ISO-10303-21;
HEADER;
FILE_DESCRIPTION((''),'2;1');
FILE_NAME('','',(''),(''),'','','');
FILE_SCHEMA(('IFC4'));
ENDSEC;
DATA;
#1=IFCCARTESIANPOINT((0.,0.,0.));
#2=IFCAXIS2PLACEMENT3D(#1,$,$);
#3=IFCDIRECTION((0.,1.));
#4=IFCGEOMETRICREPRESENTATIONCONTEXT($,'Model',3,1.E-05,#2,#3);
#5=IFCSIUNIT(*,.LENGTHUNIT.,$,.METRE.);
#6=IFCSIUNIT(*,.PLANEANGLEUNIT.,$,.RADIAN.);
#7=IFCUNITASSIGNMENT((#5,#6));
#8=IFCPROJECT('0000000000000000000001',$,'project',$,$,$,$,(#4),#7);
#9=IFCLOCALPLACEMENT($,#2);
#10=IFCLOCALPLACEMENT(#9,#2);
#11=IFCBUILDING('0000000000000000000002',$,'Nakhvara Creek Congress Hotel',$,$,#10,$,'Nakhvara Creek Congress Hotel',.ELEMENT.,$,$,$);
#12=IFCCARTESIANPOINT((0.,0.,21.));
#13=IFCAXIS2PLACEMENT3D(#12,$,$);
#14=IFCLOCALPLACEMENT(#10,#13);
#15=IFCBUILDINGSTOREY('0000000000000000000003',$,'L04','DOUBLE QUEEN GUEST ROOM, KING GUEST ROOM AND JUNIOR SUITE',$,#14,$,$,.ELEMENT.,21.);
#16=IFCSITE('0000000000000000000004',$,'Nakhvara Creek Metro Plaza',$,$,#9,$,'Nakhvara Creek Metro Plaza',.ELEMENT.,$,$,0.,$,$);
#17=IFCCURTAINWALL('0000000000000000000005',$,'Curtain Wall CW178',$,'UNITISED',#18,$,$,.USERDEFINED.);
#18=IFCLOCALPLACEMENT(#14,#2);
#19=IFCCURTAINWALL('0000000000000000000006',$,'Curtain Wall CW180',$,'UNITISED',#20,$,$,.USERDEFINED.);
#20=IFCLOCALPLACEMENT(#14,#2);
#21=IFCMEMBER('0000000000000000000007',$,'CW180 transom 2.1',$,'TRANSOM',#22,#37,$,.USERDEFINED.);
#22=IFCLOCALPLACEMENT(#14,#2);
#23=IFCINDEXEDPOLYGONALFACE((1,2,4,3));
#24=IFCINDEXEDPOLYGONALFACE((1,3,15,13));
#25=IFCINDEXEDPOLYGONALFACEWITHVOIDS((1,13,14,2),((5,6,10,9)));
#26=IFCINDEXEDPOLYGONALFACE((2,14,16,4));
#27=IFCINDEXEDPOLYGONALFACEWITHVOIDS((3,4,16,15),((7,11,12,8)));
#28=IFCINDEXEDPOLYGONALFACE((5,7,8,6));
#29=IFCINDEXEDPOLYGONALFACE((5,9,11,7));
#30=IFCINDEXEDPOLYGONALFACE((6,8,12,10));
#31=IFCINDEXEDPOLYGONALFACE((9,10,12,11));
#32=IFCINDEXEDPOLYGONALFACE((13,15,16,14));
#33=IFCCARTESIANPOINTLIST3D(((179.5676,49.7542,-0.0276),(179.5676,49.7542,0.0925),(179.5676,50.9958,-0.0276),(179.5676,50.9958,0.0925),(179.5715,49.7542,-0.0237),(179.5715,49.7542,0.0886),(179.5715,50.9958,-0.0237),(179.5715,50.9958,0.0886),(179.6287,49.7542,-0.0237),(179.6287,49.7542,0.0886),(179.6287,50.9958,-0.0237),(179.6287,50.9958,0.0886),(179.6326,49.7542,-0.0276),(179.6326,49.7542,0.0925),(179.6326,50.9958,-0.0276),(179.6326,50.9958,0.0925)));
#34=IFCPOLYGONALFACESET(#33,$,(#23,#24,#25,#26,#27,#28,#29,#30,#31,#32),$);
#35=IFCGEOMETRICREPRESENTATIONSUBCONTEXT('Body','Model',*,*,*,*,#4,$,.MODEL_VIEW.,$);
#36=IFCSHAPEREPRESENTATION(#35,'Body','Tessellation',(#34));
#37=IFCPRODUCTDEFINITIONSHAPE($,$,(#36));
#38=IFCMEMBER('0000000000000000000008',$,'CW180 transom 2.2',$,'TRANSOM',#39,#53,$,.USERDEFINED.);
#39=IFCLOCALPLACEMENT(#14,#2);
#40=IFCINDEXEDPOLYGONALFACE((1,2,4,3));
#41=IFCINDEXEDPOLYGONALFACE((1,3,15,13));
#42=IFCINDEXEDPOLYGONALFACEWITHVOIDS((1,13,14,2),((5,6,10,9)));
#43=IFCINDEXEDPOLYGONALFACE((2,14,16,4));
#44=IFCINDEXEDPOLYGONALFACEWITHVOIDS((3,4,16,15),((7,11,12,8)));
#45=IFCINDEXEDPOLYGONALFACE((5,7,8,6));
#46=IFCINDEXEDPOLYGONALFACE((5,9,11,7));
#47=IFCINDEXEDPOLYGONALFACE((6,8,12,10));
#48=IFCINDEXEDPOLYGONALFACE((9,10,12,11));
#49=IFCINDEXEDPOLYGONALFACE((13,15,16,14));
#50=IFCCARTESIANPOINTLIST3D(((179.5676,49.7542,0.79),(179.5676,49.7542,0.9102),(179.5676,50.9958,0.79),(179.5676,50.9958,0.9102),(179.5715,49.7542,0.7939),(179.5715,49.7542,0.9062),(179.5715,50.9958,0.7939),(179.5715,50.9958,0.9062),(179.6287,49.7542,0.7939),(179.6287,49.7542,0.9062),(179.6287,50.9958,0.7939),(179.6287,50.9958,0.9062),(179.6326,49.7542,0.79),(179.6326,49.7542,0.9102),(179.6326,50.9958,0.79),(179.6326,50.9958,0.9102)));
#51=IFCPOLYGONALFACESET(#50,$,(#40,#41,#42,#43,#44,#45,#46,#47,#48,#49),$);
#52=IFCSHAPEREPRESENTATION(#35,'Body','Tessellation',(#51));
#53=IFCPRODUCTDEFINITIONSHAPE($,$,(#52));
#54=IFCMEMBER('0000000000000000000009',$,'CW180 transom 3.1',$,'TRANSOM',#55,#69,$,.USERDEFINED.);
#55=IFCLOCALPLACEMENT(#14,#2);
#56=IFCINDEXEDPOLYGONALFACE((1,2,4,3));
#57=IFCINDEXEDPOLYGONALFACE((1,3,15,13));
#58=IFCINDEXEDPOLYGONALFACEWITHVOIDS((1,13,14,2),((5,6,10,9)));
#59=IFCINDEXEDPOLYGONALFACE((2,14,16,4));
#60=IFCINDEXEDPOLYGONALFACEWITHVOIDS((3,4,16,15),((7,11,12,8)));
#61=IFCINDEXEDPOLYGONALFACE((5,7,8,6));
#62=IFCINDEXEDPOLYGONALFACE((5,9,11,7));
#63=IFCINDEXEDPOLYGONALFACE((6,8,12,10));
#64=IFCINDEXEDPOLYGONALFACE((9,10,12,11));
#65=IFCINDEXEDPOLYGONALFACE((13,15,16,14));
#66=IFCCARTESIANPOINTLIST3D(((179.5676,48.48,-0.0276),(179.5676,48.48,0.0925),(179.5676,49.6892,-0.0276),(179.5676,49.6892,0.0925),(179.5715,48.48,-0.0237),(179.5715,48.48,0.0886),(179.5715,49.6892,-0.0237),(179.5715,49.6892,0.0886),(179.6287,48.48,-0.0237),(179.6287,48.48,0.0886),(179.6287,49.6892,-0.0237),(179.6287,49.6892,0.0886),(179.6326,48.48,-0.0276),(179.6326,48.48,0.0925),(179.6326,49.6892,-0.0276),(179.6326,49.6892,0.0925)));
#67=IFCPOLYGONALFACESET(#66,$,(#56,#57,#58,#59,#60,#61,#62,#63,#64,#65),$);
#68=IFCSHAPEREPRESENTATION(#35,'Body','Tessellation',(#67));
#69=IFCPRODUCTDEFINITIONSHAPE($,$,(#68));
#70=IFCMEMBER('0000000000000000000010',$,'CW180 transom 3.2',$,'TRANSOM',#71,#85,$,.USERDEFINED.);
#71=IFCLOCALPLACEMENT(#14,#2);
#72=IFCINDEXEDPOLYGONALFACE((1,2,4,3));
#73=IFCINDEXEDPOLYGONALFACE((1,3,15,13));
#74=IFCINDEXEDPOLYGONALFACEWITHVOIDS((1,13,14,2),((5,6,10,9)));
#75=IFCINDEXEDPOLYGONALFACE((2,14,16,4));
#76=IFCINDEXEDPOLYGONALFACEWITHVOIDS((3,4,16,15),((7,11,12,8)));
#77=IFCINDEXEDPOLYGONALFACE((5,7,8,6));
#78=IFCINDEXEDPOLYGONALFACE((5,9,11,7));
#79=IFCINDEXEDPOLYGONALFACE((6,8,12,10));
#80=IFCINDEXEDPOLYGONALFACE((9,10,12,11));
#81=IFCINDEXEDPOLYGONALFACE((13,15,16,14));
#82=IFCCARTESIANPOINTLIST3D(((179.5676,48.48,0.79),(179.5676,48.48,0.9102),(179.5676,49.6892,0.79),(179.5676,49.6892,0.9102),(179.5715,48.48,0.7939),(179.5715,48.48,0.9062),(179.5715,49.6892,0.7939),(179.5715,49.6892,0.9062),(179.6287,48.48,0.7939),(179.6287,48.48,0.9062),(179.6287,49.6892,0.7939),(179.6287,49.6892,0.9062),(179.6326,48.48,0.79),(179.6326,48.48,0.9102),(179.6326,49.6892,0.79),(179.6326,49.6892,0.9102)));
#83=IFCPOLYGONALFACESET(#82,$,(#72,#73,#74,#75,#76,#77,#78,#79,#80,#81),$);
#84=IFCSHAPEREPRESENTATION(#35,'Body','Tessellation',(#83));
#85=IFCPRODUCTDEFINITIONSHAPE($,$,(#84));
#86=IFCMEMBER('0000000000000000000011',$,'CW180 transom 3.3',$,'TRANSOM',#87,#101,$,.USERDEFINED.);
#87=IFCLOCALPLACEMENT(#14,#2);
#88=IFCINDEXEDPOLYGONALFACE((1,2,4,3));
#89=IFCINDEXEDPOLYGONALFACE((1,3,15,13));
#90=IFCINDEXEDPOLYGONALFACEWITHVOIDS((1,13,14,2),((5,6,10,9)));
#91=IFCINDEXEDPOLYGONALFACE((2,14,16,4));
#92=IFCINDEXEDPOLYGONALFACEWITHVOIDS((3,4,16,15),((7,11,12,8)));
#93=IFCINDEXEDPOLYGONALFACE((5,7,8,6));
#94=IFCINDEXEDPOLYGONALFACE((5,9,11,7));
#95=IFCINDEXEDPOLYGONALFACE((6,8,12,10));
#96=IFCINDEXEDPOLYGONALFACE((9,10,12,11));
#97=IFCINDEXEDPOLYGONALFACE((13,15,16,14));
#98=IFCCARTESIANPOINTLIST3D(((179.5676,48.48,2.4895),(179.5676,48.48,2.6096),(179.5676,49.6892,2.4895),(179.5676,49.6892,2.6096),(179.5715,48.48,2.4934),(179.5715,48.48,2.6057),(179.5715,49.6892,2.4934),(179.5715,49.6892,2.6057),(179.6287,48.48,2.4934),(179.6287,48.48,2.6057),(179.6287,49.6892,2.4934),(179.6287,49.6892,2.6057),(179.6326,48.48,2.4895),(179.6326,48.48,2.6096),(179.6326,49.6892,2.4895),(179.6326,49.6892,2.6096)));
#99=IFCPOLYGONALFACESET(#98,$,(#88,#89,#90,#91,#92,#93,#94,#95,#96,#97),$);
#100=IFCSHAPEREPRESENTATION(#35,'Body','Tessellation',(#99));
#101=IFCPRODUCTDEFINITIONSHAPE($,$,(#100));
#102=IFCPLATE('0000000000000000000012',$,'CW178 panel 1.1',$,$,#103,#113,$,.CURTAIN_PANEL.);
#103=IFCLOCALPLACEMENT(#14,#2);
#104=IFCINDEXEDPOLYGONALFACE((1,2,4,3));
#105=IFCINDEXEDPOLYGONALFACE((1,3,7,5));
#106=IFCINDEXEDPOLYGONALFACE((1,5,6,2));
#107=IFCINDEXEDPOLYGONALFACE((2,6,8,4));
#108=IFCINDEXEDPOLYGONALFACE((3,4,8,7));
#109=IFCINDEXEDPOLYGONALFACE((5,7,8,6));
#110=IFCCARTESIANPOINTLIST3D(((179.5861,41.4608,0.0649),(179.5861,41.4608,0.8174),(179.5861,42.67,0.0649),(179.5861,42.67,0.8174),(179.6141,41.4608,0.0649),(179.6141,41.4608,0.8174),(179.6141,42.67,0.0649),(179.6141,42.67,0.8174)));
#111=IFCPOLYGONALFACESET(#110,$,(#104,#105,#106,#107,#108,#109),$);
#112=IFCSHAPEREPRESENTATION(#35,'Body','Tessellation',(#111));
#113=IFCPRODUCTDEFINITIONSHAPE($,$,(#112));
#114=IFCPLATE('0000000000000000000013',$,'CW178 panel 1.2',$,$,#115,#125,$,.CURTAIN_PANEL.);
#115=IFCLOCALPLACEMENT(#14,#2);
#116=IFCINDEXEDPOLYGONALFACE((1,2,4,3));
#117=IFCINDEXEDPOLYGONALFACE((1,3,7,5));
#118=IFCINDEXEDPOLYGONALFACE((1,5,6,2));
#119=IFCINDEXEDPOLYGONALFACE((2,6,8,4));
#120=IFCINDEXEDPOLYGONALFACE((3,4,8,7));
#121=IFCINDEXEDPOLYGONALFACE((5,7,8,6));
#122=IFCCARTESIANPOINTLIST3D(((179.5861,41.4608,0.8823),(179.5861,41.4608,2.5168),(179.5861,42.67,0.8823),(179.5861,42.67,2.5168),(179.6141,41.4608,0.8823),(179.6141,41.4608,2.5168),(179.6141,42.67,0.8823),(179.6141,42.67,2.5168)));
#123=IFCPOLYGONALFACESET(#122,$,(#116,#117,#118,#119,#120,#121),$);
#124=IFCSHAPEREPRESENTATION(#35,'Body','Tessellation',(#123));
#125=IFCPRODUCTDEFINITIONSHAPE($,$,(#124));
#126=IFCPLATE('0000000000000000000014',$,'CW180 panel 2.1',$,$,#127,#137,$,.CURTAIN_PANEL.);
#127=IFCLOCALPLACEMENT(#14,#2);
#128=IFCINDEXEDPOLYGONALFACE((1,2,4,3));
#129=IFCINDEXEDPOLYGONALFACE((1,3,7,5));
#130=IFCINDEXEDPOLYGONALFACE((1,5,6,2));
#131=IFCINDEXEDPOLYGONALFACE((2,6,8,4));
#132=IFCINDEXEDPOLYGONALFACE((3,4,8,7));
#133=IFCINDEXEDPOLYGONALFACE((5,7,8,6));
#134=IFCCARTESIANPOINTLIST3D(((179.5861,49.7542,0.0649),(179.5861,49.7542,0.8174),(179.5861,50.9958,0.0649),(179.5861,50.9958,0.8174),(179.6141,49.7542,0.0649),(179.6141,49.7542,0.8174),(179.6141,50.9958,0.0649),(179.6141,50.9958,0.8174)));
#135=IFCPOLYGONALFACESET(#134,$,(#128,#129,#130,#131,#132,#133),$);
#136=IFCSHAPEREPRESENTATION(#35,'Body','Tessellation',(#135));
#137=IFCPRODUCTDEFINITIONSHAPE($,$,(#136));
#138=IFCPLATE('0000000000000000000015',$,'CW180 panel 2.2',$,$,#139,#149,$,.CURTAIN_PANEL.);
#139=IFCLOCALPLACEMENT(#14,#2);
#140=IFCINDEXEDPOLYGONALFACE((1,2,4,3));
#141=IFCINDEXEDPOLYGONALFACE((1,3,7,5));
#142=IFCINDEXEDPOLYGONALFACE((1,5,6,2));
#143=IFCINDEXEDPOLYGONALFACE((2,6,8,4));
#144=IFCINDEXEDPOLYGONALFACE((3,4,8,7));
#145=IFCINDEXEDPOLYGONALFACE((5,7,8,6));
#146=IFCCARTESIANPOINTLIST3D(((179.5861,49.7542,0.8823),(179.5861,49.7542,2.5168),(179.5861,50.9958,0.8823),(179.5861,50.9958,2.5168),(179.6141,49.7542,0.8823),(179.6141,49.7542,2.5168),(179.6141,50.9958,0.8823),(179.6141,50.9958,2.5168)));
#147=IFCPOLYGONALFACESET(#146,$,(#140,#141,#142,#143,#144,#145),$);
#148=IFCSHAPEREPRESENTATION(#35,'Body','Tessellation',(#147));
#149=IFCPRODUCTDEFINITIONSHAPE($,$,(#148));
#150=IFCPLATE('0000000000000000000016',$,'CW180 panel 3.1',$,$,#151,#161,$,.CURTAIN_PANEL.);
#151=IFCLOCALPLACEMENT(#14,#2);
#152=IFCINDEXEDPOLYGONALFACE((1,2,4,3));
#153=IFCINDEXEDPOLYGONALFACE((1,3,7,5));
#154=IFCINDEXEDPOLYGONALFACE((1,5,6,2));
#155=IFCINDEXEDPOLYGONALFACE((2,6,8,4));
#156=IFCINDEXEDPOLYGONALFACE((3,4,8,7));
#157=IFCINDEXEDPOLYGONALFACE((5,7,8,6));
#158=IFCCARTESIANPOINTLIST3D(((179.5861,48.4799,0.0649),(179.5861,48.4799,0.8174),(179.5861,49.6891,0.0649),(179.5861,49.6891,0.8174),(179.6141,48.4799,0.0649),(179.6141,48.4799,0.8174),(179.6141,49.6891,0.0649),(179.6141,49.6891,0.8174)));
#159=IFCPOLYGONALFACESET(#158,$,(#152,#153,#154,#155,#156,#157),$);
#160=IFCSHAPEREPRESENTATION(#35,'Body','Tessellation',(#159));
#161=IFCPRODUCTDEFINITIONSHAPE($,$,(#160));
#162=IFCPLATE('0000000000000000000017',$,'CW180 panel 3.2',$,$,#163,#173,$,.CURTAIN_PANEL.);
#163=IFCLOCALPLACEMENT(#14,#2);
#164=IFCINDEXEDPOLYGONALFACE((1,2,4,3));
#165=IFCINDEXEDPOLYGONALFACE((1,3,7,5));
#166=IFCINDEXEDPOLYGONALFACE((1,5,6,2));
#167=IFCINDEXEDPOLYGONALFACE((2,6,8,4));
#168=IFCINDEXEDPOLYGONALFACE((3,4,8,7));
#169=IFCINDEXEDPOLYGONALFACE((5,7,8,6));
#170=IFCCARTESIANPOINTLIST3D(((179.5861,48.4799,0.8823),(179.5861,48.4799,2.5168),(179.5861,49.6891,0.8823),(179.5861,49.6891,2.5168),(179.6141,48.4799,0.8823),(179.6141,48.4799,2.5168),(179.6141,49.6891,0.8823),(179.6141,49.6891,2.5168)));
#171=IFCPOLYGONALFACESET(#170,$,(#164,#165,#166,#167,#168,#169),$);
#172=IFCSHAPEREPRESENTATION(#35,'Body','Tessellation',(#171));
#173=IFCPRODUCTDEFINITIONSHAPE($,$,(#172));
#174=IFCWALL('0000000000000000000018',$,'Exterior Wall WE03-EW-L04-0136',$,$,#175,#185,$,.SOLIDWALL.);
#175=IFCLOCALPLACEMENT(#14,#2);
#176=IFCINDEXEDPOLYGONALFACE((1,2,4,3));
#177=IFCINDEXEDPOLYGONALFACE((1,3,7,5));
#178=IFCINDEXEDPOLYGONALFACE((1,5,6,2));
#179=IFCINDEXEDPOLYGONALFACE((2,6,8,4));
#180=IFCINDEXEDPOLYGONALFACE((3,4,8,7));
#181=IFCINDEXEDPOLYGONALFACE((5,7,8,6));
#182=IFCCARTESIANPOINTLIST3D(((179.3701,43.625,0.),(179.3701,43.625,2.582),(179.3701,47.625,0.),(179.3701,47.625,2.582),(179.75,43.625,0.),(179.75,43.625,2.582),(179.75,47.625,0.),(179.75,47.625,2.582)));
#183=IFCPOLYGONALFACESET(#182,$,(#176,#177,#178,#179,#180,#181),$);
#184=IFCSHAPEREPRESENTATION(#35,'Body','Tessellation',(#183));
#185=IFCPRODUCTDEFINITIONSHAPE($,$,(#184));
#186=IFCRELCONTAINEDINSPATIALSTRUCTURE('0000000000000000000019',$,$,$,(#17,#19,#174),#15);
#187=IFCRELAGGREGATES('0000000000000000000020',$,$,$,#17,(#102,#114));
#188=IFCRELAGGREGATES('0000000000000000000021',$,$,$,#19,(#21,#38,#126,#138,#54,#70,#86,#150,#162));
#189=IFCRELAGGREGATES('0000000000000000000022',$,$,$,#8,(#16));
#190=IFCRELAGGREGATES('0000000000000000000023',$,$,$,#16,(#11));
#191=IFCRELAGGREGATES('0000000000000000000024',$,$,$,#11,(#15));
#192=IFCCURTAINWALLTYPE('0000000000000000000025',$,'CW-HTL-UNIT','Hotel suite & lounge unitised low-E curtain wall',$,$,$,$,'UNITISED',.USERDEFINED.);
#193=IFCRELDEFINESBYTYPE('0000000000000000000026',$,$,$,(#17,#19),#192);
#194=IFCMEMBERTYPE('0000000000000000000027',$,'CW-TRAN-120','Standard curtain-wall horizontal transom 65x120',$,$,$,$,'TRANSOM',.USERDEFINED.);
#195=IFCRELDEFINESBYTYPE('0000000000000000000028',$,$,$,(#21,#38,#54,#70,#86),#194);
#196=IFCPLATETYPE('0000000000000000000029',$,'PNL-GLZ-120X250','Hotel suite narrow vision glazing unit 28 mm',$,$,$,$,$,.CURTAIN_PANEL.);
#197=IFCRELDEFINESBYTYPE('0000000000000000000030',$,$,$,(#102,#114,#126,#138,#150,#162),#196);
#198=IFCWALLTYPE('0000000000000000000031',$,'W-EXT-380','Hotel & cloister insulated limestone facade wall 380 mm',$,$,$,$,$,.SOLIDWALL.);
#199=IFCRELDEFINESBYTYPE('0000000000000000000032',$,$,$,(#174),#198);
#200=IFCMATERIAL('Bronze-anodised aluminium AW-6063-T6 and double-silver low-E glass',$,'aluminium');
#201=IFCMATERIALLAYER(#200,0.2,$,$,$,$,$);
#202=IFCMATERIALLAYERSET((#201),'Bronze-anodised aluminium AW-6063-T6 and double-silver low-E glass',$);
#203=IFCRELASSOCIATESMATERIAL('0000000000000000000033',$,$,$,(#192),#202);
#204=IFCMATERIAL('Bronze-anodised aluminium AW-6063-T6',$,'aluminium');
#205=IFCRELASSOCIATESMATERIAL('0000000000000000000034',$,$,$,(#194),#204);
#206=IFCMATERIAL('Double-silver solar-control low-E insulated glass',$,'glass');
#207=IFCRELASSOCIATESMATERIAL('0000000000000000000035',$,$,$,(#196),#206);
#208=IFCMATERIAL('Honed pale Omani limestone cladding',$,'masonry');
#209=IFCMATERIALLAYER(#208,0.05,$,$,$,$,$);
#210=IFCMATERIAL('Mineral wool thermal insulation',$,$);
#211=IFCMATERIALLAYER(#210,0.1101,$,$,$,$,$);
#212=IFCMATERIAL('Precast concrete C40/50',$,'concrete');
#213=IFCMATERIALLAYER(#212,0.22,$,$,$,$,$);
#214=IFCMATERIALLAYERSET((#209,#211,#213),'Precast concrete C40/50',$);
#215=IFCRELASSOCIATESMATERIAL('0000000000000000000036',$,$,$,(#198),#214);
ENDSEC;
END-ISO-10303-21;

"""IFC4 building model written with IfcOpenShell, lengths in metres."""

from ifc_helpers import new_model, si_unit, direction, frame, frame_2d, origin, origin_2d, place, context, subcontext, project, spatial, rectangle, hollow_rectangle, extrude, material, layer, layer_set, material_profile, profile_set, type_object, element, aggregate, save


model = new_model("IFC4")

# Units and contexts
model_context = context("Model", 3, precision=1e-05, world=origin(), true_north=direction((0.0, 1.0)))
body_context = subcontext(model_context, "Body", "Model", "MODEL_VIEW")
ifc_project = project(units=[si_unit("LENGTHUNIT", "METRE"), si_unit("PLANEANGLEUNIT", "RADIAN")], contexts=[model_context])

# Site, building, storey
site_placement = place(None, origin())
site = spatial("IfcSite", under=ifc_project, at=site_placement, Name="Nakhvara Creek Metro Plaza", LongName="Nakhvara Creek Metro Plaza", CompositionType="ELEMENT", RefElevation=0.0)
building_placement = place(site_placement, origin())
building = spatial("IfcBuilding", under=site, at=building_placement, Name="Nakhvara Creek Congress Hotel", LongName="Nakhvara Creek Congress Hotel", CompositionType="ELEMENT")
storey_placement = place(building_placement, frame((0.0, 0.0, 21.0)))
storey = spatial("IfcBuildingStorey", under=building, at=storey_placement, Name="L04", Description="DOUBLE QUEEN GUEST ROOM, KING GUEST ROOM AND JUNIOR SUITE", CompositionType="ELEMENT", Elevation=21.0)

# Curtain wall
ifc_material_1 = material(Name="Bronze-anodised aluminium AW-6063-T6 and double-silver low-E glass", Category="aluminium")
ifc_layer_1 = layer(ifc_material_1, 0.2)
ifc_layer_set_1 = layer_set([ifc_layer_1], Name="Bronze-anodised aluminium AW-6063-T6 and double-silver low-E glass")
curtain_wall_type = type_object("IfcCurtainWallType", Name="CW-HTL-UNIT", Description="Hotel suite & lounge unitised low-E curtain wall", ElementType="UNITISED", PredefinedType="USERDEFINED", material=ifc_layer_set_1)
curtain_wall_1_placement = place(storey_placement, origin())
curtain_wall_1 = element("IfcCurtainWall", 1, at=curtain_wall_1_placement, inside=storey, type_object=curtain_wall_type, Name="Curtain Wall CW178", ObjectType="UNITISED", PredefinedType="USERDEFINED")
ifc_material_2 = material(Name="Bronze-anodised aluminium AW-6063-T6", Category="aluminium")

# Curtain wall
curtain_wall_2_placement = place(storey_placement, origin())
curtain_wall_2 = element("IfcCurtainWall", 2, at=curtain_wall_2_placement, inside=storey, type_object=curtain_wall_type, Name="Curtain Wall CW180", ObjectType="UNITISED", PredefinedType="USERDEFINED")

# Members
ifc_material_profile_1 = material_profile(ifc_material_2, hollow_rectangle(XDim=0.0649, YDim=0.1201, WallThickness=0.0039, at=origin_2d()), Name="ALU-TRAN 65x120x4", Category="LoadBearing")
ifc_profile_set_1 = profile_set([ifc_material_profile_1], Name="Bronze-anodised aluminium AW-6063-T6")
member_type_1 = type_object("IfcMemberType", Name="CW-TRAN-120", Description="Standard curtain-wall horizontal transom 65x120", ElementType="TRANSOM", PredefinedType="USERDEFINED", material=ifc_profile_set_1)
member_1_placement = place(storey_placement, frame((179.6001, 50.9958, 0.0325), z_axis=(0.0, -1.0, 0.0), x_axis=(1.0, 0.0, 0.0)))
member_1 = element("IfcMember", 3, at=member_1_placement, type_object=member_type_1, Name="CW180 transom 2.1", ObjectType="TRANSOM", PredefinedType="USERDEFINED", context=body_context, shape_type="SweptSolid", body=[
    extrude(hollow_rectangle(XDim=0.0649, YDim=0.1201, WallThickness=0.0039, at=origin_2d()), origin(), (0.0, 0.0, 1.0), 1.2417),
])
member_2_placement = place(storey_placement, frame((179.6001, 50.9958, 0.8501), z_axis=(0.0, -1.0, 0.0), x_axis=(1.0, 0.0, 0.0)))
member_2 = element("IfcMember", 4, at=member_2_placement, type_object=member_type_1, Name="CW180 transom 2.2", ObjectType="TRANSOM", PredefinedType="USERDEFINED", context=body_context, shape_type="SweptSolid", body=[
    extrude(hollow_rectangle(XDim=0.0649, YDim=0.1201, WallThickness=0.0039, at=origin_2d()), origin(), (0.0, 0.0, 1.0), 1.2417),
])
member_3_placement = place(storey_placement, frame((179.6001, 49.6892, 0.0325), z_axis=(0.0, -1.0, 0.0), x_axis=(1.0, 0.0, 0.0)))
member_3 = element("IfcMember", 5, at=member_3_placement, type_object=member_type_1, Name="CW180 transom 3.1", ObjectType="TRANSOM", PredefinedType="USERDEFINED", context=body_context, shape_type="SweptSolid", body=[
    extrude(hollow_rectangle(XDim=0.0649, YDim=0.1201, WallThickness=0.0039, at=origin_2d()), origin(), (0.0, 0.0, 1.0), 1.2092),
])
member_4_placement = place(storey_placement, frame((179.6001, 49.6892, 0.8501), z_axis=(0.0, -1.0, 0.0), x_axis=(1.0, 0.0, 0.0)))
member_4 = element("IfcMember", 6, at=member_4_placement, type_object=member_type_1, Name="CW180 transom 3.2", ObjectType="TRANSOM", PredefinedType="USERDEFINED", context=body_context, shape_type="SweptSolid", body=[
    extrude(hollow_rectangle(XDim=0.0649, YDim=0.1201, WallThickness=0.0039, at=origin_2d()), origin(), (0.0, 0.0, 1.0), 1.2092),
])
member_5_placement = place(storey_placement, frame((179.6001, 49.6892, 2.5496), z_axis=(0.0, -1.0, 0.0), x_axis=(1.0, 0.0, 0.0)))
member_5 = element("IfcMember", 7, at=member_5_placement, type_object=member_type_1, Name="CW180 transom 3.3", ObjectType="TRANSOM", PredefinedType="USERDEFINED", context=body_context, shape_type="SweptSolid", body=[
    extrude(hollow_rectangle(XDim=0.0649, YDim=0.1201, WallThickness=0.0039, at=origin_2d()), origin(), (0.0, 0.0, 1.0), 1.2092),
])

# Plates
ifc_material_3 = material(Name="Double-silver solar-control low-E insulated glass", Category="glass")
plate_type = type_object("IfcPlateType", Name="PNL-GLZ-120X250", Description="Hotel suite narrow vision glazing unit 28 mm", PredefinedType="CURTAIN_PANEL", material=ifc_material_3)
plate_1_placement = place(storey_placement, frame((179.6001, 42.0654, 0.0649), z_axis=(0.0, 0.0, 1.0), x_axis=(0.0, -1.0, 0.0)))
plate_1 = element("IfcPlate", 8, at=plate_1_placement, type_object=plate_type, Name="CW178 panel 1.1", PredefinedType="CURTAIN_PANEL", context=body_context, shape_type="SweptSolid", body=[
    extrude(rectangle(XDim=1.2092, YDim=0.0281, at=origin_2d()), origin(), (0.0, 0.0, 1.0), 0.7524),
])
plate_2_placement = place(storey_placement, frame((179.6001, 42.0654, 0.8823), z_axis=(0.0, 0.0, 1.0), x_axis=(0.0, -1.0, 0.0)))
plate_2 = element("IfcPlate", 9, at=plate_2_placement, type_object=plate_type, Name="CW178 panel 1.2", PredefinedType="CURTAIN_PANEL", context=body_context, shape_type="SweptSolid", body=[
    extrude(rectangle(XDim=1.2092, YDim=0.0281, at=origin_2d()), origin(), (0.0, 0.0, 1.0), 1.6345),
])
aggregate(curtain_wall_1, [plate_1, plate_2])
plate_3_placement = place(storey_placement, frame((179.6001, 50.375, 0.0649), z_axis=(0.0, 0.0, 1.0), x_axis=(0.0, -1.0, 0.0)))
plate_3 = element("IfcPlate", 10, at=plate_3_placement, type_object=plate_type, Name="CW180 panel 2.1", PredefinedType="CURTAIN_PANEL", context=body_context, shape_type="SweptSolid", body=[
    extrude(rectangle(XDim=1.2417, YDim=0.0281, at=origin_2d()), origin(), (0.0, 0.0, 1.0), 0.7524),
])
plate_4_placement = place(storey_placement, frame((179.6001, 50.375, 0.8823), z_axis=(0.0, 0.0, 1.0), x_axis=(0.0, -1.0, 0.0)))
plate_4 = element("IfcPlate", 11, at=plate_4_placement, type_object=plate_type, Name="CW180 panel 2.2", PredefinedType="CURTAIN_PANEL", context=body_context, shape_type="SweptSolid", body=[
    extrude(rectangle(XDim=1.2417, YDim=0.0281, at=origin_2d()), origin(), (0.0, 0.0, 1.0), 1.6345),
])
plate_5_placement = place(storey_placement, frame((179.6001, 49.0845, 0.0649), z_axis=(0.0, 0.0, 1.0), x_axis=(0.0, -1.0, 0.0)))
plate_5 = element("IfcPlate", 12, at=plate_5_placement, type_object=plate_type, Name="CW180 panel 3.1", PredefinedType="CURTAIN_PANEL", context=body_context, shape_type="SweptSolid", body=[
    extrude(rectangle(XDim=1.2092, YDim=0.0281, at=origin_2d()), origin(), (0.0, 0.0, 1.0), 0.7524),
])
plate_6_placement = place(storey_placement, frame((179.6001, 49.0845, 0.8823), z_axis=(0.0, 0.0, 1.0), x_axis=(0.0, -1.0, 0.0)))
plate_6 = element("IfcPlate", 13, at=plate_6_placement, type_object=plate_type, Name="CW180 panel 3.2", PredefinedType="CURTAIN_PANEL", context=body_context, shape_type="SweptSolid", body=[
    extrude(rectangle(XDim=1.2092, YDim=0.0281, at=origin_2d()), origin(), (0.0, 0.0, 1.0), 1.6345),
])
aggregate(curtain_wall_2, [member_1, member_2, plate_3, plate_4, member_3, member_4, member_5, plate_5, plate_6])

# Wall
ifc_material_4 = material(Name="Honed pale Omani limestone cladding", Category="masonry")
ifc_layer_2 = layer(ifc_material_4, 0.05)
ifc_material_5 = material(Name="Mineral wool thermal insulation")
ifc_layer_3 = layer(ifc_material_5, 0.1101)
ifc_material_6 = material(Name="Precast concrete C40/50", Category="concrete")
ifc_layer_4 = layer(ifc_material_6, 0.22)
ifc_layer_set_2 = layer_set([ifc_layer_2, ifc_layer_3, ifc_layer_4], Name="Precast concrete C40/50")
wall_type_1 = type_object("IfcWallType", Name="W-EXT-380", Description="Hotel & cloister insulated limestone facade wall 380 mm", PredefinedType="SOLIDWALL", material=ifc_layer_set_2)
wall_1_placement = place(storey_placement, frame((179.5601, 47.625, 0.0), z_axis=(0.0, 0.0, 1.0), x_axis=(0.0, -1.0, 0.0)))
element("IfcWall", 14, at=wall_1_placement, inside=storey, type_object=wall_type_1, Name="Exterior Wall WE03-EW-L04-0136", PredefinedType="SOLIDWALL", context=body_context, shape_type="SweptSolid", body=[
    extrude(rectangle(XDim=4.0, YDim=0.3799, at=frame_2d((2.0, 0.0))), origin(), (0.0, 0.0, 1.0), 2.582),
])

save(model, "model.ifc")
